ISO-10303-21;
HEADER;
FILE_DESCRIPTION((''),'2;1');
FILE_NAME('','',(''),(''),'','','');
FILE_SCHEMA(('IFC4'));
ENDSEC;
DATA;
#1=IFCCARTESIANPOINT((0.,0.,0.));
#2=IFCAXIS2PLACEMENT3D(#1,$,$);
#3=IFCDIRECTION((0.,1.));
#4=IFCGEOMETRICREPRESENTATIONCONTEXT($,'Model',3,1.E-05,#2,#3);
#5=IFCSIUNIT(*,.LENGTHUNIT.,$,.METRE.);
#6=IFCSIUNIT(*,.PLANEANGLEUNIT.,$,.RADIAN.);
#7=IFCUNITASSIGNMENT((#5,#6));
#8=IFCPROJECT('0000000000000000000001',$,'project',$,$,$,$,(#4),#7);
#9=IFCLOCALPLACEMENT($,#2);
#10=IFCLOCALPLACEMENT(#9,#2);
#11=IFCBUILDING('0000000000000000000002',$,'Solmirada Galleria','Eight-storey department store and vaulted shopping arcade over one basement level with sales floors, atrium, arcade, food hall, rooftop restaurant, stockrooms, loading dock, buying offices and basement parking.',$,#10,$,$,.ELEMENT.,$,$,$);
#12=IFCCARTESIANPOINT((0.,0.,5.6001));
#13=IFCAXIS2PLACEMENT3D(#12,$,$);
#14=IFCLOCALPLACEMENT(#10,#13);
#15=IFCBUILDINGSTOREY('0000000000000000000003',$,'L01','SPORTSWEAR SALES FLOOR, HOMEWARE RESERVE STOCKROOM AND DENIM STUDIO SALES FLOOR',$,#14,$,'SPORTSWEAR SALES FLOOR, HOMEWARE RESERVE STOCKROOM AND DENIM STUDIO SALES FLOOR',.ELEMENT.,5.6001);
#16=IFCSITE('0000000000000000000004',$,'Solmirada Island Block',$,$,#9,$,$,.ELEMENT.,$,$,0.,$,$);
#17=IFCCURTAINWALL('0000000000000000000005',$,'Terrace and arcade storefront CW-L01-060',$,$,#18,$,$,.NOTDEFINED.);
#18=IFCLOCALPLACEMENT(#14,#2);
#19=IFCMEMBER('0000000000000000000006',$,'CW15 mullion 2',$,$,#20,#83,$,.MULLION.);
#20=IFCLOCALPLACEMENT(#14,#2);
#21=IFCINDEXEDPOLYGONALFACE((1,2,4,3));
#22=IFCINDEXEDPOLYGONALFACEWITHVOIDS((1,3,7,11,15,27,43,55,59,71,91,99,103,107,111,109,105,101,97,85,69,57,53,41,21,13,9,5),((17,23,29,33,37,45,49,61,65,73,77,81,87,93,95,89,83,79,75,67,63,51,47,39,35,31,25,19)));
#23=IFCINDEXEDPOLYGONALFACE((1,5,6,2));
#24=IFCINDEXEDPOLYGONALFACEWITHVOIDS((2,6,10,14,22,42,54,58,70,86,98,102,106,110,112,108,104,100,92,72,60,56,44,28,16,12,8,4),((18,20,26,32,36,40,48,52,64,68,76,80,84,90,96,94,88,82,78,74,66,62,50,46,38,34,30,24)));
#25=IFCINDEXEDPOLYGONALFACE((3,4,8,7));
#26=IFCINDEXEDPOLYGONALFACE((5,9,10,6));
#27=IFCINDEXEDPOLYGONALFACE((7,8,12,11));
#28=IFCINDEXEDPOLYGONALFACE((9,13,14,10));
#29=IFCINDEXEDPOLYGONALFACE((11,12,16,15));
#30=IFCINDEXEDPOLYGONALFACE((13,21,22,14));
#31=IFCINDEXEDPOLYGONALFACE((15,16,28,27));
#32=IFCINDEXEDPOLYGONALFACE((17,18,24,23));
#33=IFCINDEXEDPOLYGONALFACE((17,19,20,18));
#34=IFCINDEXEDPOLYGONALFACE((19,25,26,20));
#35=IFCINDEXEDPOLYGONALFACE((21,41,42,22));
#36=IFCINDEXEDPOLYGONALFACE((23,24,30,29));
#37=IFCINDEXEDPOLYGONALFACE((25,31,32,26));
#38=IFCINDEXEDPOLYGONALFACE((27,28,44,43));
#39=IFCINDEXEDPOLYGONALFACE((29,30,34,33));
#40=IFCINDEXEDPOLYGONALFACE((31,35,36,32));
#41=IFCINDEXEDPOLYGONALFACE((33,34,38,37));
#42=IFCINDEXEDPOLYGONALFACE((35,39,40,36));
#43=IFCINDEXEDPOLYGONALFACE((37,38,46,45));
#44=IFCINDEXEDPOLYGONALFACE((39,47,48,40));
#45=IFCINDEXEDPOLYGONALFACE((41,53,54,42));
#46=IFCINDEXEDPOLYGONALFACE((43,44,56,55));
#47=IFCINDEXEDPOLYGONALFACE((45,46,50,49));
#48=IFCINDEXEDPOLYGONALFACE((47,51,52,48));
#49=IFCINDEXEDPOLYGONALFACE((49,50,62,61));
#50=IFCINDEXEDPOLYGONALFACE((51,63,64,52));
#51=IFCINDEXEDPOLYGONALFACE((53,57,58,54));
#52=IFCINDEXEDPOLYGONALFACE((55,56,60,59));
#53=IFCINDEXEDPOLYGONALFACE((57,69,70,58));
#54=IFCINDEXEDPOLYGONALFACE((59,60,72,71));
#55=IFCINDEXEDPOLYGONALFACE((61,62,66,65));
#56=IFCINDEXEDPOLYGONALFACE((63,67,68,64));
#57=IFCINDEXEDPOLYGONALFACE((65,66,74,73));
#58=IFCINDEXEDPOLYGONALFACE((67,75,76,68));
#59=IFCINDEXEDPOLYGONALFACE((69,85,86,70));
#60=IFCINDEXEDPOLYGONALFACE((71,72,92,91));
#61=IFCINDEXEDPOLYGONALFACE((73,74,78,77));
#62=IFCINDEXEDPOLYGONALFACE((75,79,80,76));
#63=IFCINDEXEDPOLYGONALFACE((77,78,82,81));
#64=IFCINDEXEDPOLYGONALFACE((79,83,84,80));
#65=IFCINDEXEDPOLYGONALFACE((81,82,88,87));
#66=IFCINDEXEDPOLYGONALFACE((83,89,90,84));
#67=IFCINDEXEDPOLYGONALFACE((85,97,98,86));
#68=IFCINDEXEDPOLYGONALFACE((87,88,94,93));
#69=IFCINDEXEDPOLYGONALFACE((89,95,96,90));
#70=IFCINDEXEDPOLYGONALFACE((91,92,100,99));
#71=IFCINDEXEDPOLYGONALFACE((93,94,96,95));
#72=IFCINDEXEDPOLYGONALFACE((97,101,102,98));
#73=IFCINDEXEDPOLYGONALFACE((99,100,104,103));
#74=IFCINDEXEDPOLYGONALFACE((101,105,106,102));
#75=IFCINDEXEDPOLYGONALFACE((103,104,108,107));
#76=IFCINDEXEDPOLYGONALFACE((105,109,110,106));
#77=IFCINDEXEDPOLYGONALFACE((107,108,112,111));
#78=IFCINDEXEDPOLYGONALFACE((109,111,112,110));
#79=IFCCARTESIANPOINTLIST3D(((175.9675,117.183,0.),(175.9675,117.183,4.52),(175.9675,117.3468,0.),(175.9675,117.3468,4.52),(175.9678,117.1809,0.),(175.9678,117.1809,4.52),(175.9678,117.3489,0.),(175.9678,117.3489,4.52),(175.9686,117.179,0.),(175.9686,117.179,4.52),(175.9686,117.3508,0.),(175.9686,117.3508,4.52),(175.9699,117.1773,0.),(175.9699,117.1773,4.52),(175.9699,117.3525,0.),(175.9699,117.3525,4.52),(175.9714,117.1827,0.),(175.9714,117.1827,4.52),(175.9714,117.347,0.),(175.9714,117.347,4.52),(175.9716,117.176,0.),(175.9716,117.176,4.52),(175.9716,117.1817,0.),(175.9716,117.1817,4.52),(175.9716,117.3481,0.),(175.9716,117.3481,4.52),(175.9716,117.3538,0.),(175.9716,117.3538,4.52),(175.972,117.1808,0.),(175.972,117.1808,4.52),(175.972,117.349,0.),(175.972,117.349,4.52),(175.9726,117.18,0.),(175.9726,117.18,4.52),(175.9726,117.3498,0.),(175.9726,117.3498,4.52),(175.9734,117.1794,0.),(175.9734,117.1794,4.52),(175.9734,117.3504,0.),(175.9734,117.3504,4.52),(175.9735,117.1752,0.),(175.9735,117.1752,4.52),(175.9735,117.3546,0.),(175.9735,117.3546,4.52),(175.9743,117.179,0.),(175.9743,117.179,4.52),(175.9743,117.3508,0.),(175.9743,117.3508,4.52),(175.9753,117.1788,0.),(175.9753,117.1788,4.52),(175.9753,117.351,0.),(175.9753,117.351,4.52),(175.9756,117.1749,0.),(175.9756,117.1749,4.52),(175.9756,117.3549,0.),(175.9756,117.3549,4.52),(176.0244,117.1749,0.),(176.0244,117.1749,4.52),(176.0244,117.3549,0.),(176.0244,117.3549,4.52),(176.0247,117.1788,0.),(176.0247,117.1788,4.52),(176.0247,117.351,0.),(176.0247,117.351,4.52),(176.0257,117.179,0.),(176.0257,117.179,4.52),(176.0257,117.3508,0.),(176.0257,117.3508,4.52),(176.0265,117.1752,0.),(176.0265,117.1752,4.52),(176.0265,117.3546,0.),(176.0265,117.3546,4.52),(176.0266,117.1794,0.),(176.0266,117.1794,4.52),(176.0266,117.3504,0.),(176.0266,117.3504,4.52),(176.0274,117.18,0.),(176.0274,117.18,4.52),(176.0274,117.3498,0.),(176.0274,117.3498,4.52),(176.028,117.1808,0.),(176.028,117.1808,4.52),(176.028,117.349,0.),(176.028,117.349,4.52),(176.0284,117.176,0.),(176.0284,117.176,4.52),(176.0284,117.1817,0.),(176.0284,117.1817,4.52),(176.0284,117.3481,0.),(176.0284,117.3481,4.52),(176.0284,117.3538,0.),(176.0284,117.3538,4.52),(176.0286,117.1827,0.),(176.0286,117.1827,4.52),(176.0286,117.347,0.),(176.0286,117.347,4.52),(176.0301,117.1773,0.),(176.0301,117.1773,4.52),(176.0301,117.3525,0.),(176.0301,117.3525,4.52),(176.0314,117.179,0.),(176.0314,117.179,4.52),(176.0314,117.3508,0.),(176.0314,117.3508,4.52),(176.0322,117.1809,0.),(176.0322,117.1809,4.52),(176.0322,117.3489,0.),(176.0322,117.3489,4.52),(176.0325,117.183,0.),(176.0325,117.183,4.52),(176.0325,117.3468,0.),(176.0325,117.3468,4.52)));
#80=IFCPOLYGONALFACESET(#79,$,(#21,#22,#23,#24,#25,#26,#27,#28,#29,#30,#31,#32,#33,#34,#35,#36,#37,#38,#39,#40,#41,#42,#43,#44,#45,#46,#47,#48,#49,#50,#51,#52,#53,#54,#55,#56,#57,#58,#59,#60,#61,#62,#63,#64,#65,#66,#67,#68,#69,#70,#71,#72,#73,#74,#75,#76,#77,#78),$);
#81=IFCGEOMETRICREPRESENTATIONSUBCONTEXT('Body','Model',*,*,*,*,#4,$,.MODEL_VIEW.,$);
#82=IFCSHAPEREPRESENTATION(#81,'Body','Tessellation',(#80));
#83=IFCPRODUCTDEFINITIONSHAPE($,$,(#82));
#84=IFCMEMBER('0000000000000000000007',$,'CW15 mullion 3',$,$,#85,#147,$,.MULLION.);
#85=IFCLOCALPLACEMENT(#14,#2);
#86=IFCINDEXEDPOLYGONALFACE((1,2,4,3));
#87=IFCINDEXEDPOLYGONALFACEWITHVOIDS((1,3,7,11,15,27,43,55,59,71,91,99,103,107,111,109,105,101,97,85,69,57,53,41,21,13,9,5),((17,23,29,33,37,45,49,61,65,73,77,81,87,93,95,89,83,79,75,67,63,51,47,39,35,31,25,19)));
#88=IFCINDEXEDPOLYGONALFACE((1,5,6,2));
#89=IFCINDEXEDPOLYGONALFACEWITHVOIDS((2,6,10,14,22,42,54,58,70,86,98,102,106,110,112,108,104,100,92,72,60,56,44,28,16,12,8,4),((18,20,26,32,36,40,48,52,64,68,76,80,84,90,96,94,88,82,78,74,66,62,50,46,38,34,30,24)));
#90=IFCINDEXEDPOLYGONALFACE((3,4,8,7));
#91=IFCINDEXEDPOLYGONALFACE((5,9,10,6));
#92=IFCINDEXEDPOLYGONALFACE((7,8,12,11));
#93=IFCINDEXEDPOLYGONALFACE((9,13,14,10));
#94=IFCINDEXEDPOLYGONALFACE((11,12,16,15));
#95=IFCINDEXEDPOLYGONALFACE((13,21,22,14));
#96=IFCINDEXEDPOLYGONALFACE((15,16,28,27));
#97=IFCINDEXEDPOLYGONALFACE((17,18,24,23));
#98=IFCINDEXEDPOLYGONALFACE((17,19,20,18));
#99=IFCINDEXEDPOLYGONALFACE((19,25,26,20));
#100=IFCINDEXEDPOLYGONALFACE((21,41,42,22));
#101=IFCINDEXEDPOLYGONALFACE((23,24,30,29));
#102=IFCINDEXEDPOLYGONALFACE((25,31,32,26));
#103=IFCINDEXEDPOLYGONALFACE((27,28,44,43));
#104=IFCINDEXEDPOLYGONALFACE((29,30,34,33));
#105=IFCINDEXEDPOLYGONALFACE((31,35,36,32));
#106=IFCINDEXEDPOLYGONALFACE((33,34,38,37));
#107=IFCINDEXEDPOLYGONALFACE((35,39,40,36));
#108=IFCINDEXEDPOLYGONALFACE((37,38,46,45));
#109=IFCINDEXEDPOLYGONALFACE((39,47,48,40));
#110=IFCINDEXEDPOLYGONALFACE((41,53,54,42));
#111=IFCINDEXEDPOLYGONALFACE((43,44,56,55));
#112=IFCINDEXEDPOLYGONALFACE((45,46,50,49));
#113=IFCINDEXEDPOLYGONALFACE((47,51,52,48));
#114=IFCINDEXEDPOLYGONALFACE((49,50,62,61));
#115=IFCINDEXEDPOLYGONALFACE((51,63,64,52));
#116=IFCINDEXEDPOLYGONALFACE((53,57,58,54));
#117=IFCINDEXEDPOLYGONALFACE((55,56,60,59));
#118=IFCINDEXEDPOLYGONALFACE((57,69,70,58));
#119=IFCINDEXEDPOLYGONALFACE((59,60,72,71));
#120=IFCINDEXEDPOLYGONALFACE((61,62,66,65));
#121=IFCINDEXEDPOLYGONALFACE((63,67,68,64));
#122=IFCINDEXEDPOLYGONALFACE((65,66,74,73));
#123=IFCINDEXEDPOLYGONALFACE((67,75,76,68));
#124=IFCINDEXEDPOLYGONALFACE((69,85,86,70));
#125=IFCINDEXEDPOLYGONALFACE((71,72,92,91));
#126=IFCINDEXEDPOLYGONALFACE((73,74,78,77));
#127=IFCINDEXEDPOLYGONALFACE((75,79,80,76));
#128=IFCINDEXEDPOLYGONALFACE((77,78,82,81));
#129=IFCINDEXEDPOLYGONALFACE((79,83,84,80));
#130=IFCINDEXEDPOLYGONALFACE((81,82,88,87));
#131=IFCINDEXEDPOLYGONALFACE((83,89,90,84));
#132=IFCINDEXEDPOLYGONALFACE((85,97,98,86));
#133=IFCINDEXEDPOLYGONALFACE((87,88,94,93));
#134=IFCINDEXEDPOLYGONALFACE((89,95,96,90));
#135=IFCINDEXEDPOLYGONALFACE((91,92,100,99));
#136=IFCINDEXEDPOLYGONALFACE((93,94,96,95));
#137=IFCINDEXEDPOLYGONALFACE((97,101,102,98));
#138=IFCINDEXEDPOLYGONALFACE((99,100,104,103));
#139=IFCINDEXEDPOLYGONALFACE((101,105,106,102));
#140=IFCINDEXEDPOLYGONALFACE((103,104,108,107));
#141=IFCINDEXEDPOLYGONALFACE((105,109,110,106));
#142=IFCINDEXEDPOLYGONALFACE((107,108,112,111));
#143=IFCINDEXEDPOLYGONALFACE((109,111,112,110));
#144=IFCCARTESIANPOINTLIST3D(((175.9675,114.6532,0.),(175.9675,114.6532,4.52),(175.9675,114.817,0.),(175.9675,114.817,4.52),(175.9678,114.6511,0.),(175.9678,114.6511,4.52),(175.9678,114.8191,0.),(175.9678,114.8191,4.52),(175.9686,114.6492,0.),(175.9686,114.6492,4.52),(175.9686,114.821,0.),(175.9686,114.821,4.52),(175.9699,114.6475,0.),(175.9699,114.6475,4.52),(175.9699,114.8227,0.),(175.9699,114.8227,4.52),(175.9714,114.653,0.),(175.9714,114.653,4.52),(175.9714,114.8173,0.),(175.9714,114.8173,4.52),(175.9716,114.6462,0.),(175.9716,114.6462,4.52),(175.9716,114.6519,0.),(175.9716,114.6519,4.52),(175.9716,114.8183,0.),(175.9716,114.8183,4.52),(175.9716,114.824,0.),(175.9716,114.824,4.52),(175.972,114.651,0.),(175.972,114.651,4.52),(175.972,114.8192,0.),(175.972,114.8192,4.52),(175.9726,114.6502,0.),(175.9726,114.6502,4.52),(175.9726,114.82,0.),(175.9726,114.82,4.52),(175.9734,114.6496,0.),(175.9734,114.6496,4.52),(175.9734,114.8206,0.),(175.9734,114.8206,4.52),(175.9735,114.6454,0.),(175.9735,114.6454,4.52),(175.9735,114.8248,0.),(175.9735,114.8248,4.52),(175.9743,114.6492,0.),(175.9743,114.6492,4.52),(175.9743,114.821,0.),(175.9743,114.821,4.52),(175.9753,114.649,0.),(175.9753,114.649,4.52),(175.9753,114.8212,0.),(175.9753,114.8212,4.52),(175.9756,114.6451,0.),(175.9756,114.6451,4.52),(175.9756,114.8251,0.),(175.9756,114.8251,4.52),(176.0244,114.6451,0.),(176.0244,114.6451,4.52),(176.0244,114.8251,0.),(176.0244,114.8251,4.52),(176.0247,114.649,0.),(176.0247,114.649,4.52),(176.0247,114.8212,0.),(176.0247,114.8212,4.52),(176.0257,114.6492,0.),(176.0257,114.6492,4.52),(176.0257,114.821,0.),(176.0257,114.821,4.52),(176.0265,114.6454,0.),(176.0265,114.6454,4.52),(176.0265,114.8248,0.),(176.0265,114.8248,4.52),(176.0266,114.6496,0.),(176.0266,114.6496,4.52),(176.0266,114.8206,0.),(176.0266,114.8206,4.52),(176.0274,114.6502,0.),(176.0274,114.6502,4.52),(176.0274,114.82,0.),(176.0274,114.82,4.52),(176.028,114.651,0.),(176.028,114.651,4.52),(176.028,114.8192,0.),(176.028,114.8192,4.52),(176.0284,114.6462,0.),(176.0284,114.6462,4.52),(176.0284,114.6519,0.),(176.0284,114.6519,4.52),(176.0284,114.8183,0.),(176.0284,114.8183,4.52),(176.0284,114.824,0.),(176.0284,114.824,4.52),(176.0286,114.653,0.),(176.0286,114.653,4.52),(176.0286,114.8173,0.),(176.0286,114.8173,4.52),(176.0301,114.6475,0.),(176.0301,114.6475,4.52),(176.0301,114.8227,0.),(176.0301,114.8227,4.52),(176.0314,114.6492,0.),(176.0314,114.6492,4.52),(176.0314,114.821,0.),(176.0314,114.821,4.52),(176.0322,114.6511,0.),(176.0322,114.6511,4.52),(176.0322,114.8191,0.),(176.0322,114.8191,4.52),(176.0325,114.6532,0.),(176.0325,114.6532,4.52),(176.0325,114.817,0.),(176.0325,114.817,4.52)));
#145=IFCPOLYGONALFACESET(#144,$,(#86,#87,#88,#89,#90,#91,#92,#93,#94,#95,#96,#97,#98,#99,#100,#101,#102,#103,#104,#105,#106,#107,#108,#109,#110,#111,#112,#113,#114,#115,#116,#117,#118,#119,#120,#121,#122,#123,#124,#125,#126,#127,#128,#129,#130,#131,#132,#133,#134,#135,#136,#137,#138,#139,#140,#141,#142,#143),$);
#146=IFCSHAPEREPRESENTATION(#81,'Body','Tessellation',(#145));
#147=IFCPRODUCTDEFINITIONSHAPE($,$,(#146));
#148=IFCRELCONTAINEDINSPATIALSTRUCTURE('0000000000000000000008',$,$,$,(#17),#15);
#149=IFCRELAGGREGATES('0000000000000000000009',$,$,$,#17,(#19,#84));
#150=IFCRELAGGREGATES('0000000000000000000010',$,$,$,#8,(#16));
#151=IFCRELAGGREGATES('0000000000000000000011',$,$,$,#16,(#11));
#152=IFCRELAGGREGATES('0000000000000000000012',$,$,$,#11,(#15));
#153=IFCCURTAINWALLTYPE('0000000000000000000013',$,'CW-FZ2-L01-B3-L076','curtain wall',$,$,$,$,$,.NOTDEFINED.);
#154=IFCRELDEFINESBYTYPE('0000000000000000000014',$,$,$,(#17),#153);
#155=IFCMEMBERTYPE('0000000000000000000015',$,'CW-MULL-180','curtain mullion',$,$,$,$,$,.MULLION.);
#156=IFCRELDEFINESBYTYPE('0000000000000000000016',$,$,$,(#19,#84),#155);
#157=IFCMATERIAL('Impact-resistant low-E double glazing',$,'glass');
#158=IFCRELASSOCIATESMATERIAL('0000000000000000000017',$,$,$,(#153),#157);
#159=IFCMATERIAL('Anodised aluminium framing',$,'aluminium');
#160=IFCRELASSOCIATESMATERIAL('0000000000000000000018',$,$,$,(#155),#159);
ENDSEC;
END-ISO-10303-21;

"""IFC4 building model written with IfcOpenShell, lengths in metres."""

from ifc_helpers import new_model, si_unit, direction, frame, origin, origin_2d, place, context, subcontext, project, spatial, hollow_rectangle, extrude, material, material_profile, profile_set, type_object, element, aggregate, save


model = new_model("IFC4")

# Units and contexts
model_context = context("Model", 3, precision=1e-05, world=origin(), true_north=direction((0.0, 1.0)))
body_context = subcontext(model_context, "Body", "Model", "MODEL_VIEW")
ifc_project = project(units=[si_unit("LENGTHUNIT", "METRE"), si_unit("PLANEANGLEUNIT", "RADIAN")], contexts=[model_context])

# Site, building, storey
site_placement = place(None, origin())
site = spatial("IfcSite", under=ifc_project, at=site_placement, Name="Solmirada Island Block", CompositionType="ELEMENT", RefElevation=0.0)
building_placement = place(site_placement, origin())
building = spatial("IfcBuilding", under=site, at=building_placement, Name="Solmirada Galleria", Description="Eight-storey department store and vaulted shopping arcade over one basement level with sales floors, atrium, arcade, food hall, rooftop restaurant, stockrooms, loading dock, buying offices and basement parking.", CompositionType="ELEMENT")
storey_placement = place(building_placement, frame((0.0, 0.0, 5.6001)))
storey = spatial("IfcBuildingStorey", under=building, at=storey_placement, Name="L01", Description="SPORTSWEAR SALES FLOOR, HOMEWARE RESERVE STOCKROOM AND DENIM STUDIO SALES FLOOR", LongName="SPORTSWEAR SALES FLOOR, HOMEWARE RESERVE STOCKROOM AND DENIM STUDIO SALES FLOOR", CompositionType="ELEMENT", Elevation=5.6001)

# Curtain wall, members
ifc_material_1 = material(Name="Impact-resistant low-E double glazing", Category="glass")
curtain_wall_type = type_object("IfcCurtainWallType", Name="CW-FZ2-L01-B3-L076", Description="curtain wall", PredefinedType="NOTDEFINED", material=ifc_material_1)
curtain_wall_1_placement = place(storey_placement, origin())
curtain_wall_1 = element("IfcCurtainWall", 1, at=curtain_wall_1_placement, inside=storey, type_object=curtain_wall_type, Name="Terrace and arcade storefront CW-L01-060", PredefinedType="NOTDEFINED")
ifc_material_2 = material(Name="Anodised aluminium framing", Category="aluminium")
ifc_material_profile_1 = material_profile(ifc_material_2, hollow_rectangle(XDim=0.0649, YDim=0.1799, WallThickness=0.0039, InnerFilletRadius=0.0039, OuterFilletRadius=0.0081, at=origin_2d()), Name="ALU-MULL-180X65")
ifc_profile_set_1 = profile_set([ifc_material_profile_1], Name="Anodised aluminium framing")
member_type_1 = type_object("IfcMemberType", Name="CW-MULL-180", Description="curtain mullion", PredefinedType="MULLION", material=ifc_profile_set_1)
member_1_placement = place(storey_placement, frame((176.0, 117.2649, 0.0), z_axis=(0.0, 0.0, 1.0), x_axis=(1.0, 0.0, 0.0)))
member_1 = element("IfcMember", 2, at=member_1_placement, type_object=member_type_1, Name="CW15 mullion 2", PredefinedType="MULLION", context=body_context, shape_type="SweptSolid", body=[
    extrude(hollow_rectangle(XDim=0.0649, YDim=0.1799, WallThickness=0.0039, InnerFilletRadius=0.0039, OuterFilletRadius=0.0081, at=origin_2d()), origin(), (0.0, 0.0, 1.0), 4.52),
])
member_2_placement = place(storey_placement, frame((176.0, 114.7351, 0.0), z_axis=(0.0, 0.0, 1.0), x_axis=(1.0, 0.0, 0.0)))
member_2 = element("IfcMember", 3, at=member_2_placement, type_object=member_type_1, Name="CW15 mullion 3", PredefinedType="MULLION", context=body_context, shape_type="SweptSolid", body=[
    extrude(hollow_rectangle(XDim=0.0649, YDim=0.1799, WallThickness=0.0039, InnerFilletRadius=0.0039, OuterFilletRadius=0.0081, at=origin_2d()), origin(), (0.0, 0.0, 1.0), 4.52),
])

aggregate(curtain_wall_1, [member_1, member_2])

save(model, "model.ifc")
